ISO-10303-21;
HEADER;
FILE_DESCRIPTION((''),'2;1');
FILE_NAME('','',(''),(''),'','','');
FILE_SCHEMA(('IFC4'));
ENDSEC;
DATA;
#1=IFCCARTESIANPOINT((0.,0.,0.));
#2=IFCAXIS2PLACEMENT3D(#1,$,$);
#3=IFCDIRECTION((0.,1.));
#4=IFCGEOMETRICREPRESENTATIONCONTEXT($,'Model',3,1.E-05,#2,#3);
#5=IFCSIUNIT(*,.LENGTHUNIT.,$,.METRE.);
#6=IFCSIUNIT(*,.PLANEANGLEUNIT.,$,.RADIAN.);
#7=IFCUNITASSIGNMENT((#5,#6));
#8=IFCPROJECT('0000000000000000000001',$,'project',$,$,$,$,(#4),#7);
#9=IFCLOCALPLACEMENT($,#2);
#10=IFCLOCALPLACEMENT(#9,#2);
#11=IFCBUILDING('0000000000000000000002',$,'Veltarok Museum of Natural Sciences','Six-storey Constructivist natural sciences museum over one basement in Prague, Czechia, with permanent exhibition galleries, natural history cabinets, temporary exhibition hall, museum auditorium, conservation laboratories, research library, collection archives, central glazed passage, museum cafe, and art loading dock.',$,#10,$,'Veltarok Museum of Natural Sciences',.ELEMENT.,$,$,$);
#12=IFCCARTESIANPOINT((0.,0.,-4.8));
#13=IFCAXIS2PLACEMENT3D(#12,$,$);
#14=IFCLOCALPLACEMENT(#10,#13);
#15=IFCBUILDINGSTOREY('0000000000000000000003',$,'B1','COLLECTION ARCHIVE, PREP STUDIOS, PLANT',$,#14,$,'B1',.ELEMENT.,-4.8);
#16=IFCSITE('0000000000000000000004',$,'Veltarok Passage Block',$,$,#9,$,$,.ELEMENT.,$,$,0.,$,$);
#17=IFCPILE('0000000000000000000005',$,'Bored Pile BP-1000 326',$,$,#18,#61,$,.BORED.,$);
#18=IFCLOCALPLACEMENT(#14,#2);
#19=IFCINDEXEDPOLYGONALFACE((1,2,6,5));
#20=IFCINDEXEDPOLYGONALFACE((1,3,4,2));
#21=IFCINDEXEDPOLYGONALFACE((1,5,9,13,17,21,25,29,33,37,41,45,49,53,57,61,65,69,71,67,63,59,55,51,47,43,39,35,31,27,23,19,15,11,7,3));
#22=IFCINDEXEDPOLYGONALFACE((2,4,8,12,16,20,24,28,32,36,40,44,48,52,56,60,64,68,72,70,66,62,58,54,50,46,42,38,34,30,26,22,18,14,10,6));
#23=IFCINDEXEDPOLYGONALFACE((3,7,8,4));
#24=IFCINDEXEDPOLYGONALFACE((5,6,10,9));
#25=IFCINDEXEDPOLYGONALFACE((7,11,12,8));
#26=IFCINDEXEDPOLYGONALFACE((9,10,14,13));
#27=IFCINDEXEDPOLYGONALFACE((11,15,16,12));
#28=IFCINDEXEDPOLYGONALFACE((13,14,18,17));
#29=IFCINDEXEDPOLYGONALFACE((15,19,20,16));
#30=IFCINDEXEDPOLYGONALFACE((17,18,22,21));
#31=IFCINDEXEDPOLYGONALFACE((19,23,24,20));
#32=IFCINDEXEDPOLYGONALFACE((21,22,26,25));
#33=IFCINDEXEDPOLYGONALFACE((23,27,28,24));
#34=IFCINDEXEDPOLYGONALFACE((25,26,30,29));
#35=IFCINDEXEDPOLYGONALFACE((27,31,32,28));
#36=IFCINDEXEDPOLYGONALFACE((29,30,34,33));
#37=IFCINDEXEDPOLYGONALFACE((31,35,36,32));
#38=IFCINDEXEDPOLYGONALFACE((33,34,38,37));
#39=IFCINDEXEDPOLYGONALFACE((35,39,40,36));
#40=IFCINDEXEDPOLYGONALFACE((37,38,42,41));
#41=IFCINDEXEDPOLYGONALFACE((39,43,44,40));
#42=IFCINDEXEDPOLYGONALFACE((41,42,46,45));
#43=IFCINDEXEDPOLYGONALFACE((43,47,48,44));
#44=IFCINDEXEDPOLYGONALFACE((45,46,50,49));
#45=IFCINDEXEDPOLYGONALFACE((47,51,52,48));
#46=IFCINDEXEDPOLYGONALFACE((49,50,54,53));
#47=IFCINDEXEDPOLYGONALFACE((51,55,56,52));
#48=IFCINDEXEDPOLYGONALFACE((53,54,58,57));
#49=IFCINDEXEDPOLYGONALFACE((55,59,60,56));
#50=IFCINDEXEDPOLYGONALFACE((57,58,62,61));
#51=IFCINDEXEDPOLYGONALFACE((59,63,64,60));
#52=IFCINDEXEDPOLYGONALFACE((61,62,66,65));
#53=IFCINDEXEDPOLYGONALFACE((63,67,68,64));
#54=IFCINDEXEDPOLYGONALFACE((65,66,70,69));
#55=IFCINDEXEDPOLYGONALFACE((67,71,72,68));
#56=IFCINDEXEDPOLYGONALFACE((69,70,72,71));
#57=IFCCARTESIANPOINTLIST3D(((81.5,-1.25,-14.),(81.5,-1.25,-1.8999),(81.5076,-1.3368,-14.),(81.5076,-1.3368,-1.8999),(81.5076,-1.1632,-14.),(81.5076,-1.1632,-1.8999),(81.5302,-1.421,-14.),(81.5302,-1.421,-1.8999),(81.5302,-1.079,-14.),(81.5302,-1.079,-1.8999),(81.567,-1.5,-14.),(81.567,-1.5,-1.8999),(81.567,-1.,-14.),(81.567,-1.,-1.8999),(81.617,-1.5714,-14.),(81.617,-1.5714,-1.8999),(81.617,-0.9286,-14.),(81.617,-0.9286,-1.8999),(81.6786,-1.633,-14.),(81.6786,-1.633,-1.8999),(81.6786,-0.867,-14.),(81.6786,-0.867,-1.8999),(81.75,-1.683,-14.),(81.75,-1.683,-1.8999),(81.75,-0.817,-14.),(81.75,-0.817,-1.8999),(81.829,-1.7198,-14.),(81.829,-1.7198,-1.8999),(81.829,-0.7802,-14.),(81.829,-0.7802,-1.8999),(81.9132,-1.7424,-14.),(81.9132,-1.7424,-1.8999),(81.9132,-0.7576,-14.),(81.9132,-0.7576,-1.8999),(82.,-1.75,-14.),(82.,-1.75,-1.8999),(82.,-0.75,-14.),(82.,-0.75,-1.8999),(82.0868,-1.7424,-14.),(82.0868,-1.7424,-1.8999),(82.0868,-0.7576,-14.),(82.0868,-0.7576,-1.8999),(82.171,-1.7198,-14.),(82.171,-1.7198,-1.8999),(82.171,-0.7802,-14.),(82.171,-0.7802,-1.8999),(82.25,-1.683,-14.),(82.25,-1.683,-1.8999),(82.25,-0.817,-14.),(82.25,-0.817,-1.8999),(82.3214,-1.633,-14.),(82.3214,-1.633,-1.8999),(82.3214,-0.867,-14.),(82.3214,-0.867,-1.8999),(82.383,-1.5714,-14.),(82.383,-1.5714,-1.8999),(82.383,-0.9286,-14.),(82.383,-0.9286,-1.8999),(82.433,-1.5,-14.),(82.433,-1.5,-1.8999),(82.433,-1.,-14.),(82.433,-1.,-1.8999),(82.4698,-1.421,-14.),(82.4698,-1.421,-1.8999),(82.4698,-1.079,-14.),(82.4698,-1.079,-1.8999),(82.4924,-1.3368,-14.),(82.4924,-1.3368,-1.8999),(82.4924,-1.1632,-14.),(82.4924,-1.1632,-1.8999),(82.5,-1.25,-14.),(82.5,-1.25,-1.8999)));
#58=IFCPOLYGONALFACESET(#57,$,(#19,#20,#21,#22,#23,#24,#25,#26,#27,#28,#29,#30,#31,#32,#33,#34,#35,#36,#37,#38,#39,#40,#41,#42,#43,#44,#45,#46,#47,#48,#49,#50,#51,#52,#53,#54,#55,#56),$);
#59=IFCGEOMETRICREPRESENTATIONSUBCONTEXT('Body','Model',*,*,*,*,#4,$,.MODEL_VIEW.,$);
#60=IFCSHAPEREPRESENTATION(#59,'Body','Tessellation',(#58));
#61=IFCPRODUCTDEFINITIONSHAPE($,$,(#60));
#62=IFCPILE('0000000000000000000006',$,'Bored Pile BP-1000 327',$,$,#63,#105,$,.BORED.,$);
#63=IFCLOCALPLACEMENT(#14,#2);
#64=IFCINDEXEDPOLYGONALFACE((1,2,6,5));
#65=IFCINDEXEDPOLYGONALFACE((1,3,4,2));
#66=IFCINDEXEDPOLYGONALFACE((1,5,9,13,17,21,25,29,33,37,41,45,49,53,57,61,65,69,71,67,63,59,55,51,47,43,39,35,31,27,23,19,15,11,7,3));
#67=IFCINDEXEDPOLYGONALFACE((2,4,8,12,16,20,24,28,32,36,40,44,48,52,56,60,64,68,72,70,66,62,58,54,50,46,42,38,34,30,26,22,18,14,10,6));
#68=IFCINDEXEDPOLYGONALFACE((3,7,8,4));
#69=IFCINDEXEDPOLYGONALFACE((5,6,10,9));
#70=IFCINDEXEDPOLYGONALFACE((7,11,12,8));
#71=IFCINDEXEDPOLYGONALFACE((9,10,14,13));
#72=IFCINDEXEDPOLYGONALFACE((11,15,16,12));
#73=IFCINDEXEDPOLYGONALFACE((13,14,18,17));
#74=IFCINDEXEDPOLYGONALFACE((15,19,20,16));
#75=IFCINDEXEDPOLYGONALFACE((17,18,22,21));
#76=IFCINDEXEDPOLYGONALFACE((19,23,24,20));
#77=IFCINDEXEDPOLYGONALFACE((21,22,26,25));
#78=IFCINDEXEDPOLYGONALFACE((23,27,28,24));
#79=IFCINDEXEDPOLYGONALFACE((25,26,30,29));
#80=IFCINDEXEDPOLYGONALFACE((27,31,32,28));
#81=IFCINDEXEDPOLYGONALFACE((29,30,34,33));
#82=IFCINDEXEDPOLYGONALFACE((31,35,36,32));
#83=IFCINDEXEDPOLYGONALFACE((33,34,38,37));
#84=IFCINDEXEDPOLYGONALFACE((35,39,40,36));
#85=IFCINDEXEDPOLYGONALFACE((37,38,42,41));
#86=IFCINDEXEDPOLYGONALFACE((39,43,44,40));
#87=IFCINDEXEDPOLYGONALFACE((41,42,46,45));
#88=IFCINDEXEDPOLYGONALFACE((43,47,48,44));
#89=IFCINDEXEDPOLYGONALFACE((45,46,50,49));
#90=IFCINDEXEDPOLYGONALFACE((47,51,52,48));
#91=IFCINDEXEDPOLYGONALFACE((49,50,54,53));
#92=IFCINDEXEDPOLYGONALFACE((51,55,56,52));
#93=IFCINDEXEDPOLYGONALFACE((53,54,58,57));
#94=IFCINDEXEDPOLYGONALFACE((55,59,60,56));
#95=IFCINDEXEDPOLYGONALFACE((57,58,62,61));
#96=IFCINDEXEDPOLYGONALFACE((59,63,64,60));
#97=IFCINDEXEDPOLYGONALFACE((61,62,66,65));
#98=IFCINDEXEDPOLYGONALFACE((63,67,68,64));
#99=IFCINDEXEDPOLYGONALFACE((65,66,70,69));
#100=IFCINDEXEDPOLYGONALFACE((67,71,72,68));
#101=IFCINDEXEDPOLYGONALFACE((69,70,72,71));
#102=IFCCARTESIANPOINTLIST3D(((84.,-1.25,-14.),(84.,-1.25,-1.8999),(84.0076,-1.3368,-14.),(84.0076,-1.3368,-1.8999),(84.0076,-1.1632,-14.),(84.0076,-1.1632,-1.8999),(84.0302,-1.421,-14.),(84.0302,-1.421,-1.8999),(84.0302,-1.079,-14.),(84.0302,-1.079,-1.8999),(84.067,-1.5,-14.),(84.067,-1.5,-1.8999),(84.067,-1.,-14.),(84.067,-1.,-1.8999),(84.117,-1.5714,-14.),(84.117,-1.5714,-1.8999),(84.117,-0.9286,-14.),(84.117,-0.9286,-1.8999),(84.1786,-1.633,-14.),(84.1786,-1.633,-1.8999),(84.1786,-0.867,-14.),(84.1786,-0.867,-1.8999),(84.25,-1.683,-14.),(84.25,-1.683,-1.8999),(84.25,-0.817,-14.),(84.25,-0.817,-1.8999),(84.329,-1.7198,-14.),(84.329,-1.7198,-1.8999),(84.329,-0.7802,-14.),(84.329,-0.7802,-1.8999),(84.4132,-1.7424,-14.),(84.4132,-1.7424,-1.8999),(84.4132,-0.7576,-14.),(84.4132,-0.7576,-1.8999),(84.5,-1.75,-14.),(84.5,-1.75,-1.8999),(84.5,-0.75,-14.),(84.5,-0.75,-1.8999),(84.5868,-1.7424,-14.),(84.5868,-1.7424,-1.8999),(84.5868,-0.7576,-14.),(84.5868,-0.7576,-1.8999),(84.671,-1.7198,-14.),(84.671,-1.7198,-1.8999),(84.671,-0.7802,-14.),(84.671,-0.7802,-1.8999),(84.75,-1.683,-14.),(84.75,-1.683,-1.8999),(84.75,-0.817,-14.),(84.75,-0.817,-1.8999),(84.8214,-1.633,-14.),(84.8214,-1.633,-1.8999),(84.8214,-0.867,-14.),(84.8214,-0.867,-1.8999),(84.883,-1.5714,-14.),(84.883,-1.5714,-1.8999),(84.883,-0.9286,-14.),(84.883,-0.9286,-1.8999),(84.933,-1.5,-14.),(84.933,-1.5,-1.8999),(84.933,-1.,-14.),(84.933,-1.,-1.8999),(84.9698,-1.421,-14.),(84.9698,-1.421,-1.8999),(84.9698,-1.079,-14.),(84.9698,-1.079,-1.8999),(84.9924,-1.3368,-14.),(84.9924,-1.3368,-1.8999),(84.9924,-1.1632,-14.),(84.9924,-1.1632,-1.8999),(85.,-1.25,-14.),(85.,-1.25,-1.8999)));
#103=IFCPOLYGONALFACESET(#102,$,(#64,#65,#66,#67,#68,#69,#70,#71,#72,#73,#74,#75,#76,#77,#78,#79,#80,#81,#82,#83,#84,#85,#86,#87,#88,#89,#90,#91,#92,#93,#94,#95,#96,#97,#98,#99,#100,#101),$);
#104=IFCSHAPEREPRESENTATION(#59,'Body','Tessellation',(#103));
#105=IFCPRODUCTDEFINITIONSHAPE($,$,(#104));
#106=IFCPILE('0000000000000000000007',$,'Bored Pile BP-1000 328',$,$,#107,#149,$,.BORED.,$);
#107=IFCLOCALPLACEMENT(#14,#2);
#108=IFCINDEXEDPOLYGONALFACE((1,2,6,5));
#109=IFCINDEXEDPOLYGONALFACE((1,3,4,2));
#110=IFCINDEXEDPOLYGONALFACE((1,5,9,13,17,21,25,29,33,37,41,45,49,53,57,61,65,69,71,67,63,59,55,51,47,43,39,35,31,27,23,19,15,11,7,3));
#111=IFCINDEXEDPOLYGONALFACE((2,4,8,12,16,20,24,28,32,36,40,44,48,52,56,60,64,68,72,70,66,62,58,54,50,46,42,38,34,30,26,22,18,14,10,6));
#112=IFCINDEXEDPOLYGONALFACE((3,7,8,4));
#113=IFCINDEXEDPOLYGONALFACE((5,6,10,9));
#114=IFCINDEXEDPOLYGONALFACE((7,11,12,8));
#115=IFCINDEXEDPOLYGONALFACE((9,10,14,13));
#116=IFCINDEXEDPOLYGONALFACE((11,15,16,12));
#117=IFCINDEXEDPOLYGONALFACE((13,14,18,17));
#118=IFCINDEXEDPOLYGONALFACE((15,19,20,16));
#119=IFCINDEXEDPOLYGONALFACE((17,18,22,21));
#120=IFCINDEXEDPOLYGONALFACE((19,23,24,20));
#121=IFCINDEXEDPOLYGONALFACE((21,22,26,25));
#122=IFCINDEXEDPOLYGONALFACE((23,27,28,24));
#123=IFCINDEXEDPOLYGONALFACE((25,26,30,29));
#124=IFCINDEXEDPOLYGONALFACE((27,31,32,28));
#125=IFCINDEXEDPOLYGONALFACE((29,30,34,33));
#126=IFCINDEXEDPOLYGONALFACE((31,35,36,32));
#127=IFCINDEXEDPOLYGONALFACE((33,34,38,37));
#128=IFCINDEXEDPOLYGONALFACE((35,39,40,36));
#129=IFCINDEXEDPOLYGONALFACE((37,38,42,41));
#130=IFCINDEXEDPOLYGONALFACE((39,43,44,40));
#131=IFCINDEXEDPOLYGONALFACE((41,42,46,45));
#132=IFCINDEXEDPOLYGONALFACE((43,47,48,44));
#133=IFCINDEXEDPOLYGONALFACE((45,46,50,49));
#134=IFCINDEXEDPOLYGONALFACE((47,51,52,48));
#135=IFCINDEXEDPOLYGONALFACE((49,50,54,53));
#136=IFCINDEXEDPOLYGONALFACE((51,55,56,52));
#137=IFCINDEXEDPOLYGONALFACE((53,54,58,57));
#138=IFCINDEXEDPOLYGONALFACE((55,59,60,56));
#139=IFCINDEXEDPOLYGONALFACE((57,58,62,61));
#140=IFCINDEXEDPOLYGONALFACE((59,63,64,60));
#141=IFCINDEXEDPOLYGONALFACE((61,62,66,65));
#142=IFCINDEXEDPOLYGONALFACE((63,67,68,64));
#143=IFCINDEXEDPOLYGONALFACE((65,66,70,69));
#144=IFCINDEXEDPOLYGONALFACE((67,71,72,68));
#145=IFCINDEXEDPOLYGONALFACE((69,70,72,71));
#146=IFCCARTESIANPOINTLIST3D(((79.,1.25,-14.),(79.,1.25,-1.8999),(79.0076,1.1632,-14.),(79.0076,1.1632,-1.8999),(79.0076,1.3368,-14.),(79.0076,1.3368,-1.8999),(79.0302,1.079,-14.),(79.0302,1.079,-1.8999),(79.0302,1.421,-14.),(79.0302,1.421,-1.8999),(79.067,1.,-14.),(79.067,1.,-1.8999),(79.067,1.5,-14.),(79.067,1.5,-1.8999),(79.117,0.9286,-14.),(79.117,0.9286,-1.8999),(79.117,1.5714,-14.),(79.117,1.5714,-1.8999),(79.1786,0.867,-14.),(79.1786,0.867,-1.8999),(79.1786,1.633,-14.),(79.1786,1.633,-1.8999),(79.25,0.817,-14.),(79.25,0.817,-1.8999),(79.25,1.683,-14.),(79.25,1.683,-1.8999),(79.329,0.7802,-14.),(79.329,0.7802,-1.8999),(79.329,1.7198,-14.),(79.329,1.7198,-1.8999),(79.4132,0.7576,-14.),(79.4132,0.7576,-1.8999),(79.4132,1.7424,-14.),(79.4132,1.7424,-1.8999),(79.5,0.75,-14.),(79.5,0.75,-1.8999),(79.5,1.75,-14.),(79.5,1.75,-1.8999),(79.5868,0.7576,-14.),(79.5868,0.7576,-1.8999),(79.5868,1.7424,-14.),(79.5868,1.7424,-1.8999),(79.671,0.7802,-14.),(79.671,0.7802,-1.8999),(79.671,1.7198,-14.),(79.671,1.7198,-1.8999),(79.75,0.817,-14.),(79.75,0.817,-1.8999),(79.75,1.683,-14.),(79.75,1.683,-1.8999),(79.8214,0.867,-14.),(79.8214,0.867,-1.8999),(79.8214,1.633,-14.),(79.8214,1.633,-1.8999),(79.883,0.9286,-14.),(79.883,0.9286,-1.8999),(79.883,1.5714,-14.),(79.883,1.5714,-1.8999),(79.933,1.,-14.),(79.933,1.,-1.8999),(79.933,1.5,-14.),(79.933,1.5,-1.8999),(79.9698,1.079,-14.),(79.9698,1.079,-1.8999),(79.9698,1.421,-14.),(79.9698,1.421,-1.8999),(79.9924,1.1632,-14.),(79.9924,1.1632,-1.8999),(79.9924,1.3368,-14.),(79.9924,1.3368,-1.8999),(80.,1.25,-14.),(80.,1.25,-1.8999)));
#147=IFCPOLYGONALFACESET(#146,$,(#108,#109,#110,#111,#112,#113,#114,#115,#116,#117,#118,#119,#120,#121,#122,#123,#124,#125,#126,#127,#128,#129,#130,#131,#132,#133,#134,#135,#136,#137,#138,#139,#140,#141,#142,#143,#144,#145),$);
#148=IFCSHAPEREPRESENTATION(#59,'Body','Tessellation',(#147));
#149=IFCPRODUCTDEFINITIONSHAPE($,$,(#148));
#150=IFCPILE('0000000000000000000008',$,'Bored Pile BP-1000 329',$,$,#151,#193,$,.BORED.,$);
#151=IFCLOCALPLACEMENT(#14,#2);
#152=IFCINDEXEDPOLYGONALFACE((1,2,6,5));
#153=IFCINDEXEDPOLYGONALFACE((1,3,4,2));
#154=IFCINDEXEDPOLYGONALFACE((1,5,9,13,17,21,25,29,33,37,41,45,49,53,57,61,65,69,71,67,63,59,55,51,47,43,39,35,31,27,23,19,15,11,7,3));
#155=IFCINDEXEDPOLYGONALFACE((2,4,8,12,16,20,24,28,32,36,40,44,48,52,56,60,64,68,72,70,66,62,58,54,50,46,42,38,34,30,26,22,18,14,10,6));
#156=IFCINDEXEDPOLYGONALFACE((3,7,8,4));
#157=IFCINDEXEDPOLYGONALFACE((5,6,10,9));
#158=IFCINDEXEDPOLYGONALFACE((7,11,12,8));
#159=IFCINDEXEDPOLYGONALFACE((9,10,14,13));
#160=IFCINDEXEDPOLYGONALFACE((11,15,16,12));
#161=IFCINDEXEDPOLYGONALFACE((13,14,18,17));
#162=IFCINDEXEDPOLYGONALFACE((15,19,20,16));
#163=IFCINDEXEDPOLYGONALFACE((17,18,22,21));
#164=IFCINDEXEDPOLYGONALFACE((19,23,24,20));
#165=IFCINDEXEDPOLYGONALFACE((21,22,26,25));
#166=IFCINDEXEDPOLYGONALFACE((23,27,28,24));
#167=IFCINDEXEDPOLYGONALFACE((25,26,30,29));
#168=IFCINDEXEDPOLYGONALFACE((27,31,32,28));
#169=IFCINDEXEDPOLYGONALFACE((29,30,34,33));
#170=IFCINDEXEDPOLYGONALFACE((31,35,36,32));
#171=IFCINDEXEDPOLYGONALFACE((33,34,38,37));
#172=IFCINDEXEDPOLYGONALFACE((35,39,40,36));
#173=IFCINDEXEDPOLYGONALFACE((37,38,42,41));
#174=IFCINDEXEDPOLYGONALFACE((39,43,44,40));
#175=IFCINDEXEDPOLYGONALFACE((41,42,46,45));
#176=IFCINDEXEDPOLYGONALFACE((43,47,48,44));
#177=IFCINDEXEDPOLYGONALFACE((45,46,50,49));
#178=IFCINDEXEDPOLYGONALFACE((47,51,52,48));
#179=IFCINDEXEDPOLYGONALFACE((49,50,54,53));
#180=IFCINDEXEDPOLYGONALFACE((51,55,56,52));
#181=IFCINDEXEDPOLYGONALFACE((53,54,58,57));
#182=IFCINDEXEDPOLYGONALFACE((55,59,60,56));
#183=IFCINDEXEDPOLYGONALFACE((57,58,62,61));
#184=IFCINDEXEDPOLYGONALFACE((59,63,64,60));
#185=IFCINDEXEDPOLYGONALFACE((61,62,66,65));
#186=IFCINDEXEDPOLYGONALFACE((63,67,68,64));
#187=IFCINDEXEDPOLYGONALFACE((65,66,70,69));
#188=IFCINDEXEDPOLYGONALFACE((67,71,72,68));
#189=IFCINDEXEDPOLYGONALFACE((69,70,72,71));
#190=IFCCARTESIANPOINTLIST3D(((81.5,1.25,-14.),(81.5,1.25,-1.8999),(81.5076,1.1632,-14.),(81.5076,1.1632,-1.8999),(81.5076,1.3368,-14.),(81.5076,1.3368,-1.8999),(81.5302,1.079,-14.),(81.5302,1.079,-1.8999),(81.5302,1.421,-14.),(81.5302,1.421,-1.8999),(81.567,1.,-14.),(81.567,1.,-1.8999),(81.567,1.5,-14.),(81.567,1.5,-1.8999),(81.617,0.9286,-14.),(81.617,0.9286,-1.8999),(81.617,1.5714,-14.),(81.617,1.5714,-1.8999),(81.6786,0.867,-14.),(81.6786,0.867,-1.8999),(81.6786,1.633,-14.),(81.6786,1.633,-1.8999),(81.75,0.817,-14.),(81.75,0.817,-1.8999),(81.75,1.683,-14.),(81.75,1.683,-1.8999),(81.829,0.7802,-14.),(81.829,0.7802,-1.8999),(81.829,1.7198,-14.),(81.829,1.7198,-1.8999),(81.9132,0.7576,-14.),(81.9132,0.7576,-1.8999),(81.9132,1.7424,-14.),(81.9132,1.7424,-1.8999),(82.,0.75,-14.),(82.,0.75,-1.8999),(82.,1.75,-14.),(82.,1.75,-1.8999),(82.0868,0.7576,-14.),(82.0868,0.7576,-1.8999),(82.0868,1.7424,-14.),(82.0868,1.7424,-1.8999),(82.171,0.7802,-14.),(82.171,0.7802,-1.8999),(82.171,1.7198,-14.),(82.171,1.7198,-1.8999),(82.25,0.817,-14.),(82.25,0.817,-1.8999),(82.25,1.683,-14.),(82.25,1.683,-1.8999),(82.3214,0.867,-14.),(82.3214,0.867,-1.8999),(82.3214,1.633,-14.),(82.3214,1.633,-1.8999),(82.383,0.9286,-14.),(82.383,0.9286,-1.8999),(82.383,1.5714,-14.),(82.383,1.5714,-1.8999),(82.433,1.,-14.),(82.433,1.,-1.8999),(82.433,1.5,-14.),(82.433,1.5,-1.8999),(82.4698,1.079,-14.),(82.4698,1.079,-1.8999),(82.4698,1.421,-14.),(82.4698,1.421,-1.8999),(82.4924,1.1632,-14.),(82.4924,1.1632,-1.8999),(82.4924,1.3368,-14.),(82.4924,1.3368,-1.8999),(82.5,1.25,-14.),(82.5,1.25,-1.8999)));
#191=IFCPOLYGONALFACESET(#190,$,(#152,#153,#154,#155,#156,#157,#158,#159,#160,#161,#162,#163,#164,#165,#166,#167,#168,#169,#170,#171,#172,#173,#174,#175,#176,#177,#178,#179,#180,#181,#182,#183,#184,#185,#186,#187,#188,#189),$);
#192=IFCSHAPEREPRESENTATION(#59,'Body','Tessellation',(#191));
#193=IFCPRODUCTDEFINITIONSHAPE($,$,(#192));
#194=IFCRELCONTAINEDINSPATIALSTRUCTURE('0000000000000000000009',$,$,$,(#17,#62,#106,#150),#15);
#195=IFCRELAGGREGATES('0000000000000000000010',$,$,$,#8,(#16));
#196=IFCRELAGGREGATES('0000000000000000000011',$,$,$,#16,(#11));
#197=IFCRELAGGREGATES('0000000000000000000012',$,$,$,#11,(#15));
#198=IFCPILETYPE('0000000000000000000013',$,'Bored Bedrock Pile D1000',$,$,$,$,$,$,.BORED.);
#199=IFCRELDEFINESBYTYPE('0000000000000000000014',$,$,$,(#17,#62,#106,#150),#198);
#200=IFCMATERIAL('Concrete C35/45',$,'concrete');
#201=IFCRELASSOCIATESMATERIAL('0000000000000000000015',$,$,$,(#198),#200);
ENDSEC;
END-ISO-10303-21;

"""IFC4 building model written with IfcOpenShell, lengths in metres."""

from ifc_helpers import new_model, si_unit, direction, frame, origin, origin_2d, place, context, subcontext, project, spatial, circle, extrude, material, material_profile, profile_set, type_object, element, save


model = new_model("IFC4")

# Units and contexts
model_context = context("Model", 3, precision=1e-05, world=origin(), true_north=direction((0.0, 1.0)))
body_context = subcontext(model_context, "Body", "Model", "MODEL_VIEW")
ifc_project = project(units=[si_unit("LENGTHUNIT", "METRE"), si_unit("PLANEANGLEUNIT", "RADIAN")], contexts=[model_context])

# Site, building, storey
site_placement = place(None, origin())
site = spatial("IfcSite", under=ifc_project, at=site_placement, Name="Veltarok Passage Block", CompositionType="ELEMENT", RefElevation=0.0)
building_placement = place(site_placement, origin())
building = spatial("IfcBuilding", under=site, at=building_placement, Name="Veltarok Museum of Natural Sciences", Description="Six-storey Constructivist natural sciences museum over one basement in Prague, Czechia, with permanent exhibition galleries, natural history cabinets, temporary exhibition hall, museum auditorium, conservation laboratories, research library, collection archives, central glazed passage, museum cafe, and art loading dock.", LongName="Veltarok Museum of Natural Sciences", CompositionType="ELEMENT")
storey_placement = place(building_placement, frame((0.0, 0.0, -4.8)))
storey = spatial("IfcBuildingStorey", under=building, at=storey_placement, Name="B1", Description="COLLECTION ARCHIVE, PREP STUDIOS, PLANT", LongName="B1", CompositionType="ELEMENT", Elevation=-4.8)

# Piles
ifc_material_1 = material(Name="Concrete C35/45", Category="concrete")
ifc_material_profile_1 = material_profile(ifc_material_1, circle(Radius=0.5, at=origin_2d()), Name="BP D1000")
ifc_profile_set_1 = profile_set([ifc_material_profile_1], Name="Concrete C35/45")
pile_type = type_object("IfcPileType", Name="Bored Bedrock Pile D1000", PredefinedType="BORED", material=ifc_profile_set_1)
for number, where, z_axis, x_axis, name in (
    (1, (82.0, -1.25, -1.8999), (0.0, 0.0, -1.0), (1.0, 0.0, 0.0), "Bored Pile BP-1000 326"),
    (2, (84.5, -1.25, -1.8999), (0.0, 0.0, -1.0), (1.0, 0.0, 0.0), "Bored Pile BP-1000 327"),
    (3, (79.5, 1.25, -1.8999), (0.0, 0.0, -1.0), (1.0, 0.0, 0.0), "Bored Pile BP-1000 328"),
    (4, (82.0, 1.25, -1.8999), (0.0, 0.0, -1.0), (1.0, 0.0, 0.0), "Bored Pile BP-1000 329"),
):
    element("IfcPile", number, at=place(storey_placement, frame(where, z_axis=z_axis, x_axis=x_axis)), inside=storey, type_object=pile_type, Name=name, PredefinedType="BORED", context=body_context, shape_type="SweptSolid", body=[
        extrude(circle(Radius=0.5, at=origin_2d()), origin(), (0.0, 0.0, 1.0), 12.1001),
    ])

save(model, "model.ifc")
